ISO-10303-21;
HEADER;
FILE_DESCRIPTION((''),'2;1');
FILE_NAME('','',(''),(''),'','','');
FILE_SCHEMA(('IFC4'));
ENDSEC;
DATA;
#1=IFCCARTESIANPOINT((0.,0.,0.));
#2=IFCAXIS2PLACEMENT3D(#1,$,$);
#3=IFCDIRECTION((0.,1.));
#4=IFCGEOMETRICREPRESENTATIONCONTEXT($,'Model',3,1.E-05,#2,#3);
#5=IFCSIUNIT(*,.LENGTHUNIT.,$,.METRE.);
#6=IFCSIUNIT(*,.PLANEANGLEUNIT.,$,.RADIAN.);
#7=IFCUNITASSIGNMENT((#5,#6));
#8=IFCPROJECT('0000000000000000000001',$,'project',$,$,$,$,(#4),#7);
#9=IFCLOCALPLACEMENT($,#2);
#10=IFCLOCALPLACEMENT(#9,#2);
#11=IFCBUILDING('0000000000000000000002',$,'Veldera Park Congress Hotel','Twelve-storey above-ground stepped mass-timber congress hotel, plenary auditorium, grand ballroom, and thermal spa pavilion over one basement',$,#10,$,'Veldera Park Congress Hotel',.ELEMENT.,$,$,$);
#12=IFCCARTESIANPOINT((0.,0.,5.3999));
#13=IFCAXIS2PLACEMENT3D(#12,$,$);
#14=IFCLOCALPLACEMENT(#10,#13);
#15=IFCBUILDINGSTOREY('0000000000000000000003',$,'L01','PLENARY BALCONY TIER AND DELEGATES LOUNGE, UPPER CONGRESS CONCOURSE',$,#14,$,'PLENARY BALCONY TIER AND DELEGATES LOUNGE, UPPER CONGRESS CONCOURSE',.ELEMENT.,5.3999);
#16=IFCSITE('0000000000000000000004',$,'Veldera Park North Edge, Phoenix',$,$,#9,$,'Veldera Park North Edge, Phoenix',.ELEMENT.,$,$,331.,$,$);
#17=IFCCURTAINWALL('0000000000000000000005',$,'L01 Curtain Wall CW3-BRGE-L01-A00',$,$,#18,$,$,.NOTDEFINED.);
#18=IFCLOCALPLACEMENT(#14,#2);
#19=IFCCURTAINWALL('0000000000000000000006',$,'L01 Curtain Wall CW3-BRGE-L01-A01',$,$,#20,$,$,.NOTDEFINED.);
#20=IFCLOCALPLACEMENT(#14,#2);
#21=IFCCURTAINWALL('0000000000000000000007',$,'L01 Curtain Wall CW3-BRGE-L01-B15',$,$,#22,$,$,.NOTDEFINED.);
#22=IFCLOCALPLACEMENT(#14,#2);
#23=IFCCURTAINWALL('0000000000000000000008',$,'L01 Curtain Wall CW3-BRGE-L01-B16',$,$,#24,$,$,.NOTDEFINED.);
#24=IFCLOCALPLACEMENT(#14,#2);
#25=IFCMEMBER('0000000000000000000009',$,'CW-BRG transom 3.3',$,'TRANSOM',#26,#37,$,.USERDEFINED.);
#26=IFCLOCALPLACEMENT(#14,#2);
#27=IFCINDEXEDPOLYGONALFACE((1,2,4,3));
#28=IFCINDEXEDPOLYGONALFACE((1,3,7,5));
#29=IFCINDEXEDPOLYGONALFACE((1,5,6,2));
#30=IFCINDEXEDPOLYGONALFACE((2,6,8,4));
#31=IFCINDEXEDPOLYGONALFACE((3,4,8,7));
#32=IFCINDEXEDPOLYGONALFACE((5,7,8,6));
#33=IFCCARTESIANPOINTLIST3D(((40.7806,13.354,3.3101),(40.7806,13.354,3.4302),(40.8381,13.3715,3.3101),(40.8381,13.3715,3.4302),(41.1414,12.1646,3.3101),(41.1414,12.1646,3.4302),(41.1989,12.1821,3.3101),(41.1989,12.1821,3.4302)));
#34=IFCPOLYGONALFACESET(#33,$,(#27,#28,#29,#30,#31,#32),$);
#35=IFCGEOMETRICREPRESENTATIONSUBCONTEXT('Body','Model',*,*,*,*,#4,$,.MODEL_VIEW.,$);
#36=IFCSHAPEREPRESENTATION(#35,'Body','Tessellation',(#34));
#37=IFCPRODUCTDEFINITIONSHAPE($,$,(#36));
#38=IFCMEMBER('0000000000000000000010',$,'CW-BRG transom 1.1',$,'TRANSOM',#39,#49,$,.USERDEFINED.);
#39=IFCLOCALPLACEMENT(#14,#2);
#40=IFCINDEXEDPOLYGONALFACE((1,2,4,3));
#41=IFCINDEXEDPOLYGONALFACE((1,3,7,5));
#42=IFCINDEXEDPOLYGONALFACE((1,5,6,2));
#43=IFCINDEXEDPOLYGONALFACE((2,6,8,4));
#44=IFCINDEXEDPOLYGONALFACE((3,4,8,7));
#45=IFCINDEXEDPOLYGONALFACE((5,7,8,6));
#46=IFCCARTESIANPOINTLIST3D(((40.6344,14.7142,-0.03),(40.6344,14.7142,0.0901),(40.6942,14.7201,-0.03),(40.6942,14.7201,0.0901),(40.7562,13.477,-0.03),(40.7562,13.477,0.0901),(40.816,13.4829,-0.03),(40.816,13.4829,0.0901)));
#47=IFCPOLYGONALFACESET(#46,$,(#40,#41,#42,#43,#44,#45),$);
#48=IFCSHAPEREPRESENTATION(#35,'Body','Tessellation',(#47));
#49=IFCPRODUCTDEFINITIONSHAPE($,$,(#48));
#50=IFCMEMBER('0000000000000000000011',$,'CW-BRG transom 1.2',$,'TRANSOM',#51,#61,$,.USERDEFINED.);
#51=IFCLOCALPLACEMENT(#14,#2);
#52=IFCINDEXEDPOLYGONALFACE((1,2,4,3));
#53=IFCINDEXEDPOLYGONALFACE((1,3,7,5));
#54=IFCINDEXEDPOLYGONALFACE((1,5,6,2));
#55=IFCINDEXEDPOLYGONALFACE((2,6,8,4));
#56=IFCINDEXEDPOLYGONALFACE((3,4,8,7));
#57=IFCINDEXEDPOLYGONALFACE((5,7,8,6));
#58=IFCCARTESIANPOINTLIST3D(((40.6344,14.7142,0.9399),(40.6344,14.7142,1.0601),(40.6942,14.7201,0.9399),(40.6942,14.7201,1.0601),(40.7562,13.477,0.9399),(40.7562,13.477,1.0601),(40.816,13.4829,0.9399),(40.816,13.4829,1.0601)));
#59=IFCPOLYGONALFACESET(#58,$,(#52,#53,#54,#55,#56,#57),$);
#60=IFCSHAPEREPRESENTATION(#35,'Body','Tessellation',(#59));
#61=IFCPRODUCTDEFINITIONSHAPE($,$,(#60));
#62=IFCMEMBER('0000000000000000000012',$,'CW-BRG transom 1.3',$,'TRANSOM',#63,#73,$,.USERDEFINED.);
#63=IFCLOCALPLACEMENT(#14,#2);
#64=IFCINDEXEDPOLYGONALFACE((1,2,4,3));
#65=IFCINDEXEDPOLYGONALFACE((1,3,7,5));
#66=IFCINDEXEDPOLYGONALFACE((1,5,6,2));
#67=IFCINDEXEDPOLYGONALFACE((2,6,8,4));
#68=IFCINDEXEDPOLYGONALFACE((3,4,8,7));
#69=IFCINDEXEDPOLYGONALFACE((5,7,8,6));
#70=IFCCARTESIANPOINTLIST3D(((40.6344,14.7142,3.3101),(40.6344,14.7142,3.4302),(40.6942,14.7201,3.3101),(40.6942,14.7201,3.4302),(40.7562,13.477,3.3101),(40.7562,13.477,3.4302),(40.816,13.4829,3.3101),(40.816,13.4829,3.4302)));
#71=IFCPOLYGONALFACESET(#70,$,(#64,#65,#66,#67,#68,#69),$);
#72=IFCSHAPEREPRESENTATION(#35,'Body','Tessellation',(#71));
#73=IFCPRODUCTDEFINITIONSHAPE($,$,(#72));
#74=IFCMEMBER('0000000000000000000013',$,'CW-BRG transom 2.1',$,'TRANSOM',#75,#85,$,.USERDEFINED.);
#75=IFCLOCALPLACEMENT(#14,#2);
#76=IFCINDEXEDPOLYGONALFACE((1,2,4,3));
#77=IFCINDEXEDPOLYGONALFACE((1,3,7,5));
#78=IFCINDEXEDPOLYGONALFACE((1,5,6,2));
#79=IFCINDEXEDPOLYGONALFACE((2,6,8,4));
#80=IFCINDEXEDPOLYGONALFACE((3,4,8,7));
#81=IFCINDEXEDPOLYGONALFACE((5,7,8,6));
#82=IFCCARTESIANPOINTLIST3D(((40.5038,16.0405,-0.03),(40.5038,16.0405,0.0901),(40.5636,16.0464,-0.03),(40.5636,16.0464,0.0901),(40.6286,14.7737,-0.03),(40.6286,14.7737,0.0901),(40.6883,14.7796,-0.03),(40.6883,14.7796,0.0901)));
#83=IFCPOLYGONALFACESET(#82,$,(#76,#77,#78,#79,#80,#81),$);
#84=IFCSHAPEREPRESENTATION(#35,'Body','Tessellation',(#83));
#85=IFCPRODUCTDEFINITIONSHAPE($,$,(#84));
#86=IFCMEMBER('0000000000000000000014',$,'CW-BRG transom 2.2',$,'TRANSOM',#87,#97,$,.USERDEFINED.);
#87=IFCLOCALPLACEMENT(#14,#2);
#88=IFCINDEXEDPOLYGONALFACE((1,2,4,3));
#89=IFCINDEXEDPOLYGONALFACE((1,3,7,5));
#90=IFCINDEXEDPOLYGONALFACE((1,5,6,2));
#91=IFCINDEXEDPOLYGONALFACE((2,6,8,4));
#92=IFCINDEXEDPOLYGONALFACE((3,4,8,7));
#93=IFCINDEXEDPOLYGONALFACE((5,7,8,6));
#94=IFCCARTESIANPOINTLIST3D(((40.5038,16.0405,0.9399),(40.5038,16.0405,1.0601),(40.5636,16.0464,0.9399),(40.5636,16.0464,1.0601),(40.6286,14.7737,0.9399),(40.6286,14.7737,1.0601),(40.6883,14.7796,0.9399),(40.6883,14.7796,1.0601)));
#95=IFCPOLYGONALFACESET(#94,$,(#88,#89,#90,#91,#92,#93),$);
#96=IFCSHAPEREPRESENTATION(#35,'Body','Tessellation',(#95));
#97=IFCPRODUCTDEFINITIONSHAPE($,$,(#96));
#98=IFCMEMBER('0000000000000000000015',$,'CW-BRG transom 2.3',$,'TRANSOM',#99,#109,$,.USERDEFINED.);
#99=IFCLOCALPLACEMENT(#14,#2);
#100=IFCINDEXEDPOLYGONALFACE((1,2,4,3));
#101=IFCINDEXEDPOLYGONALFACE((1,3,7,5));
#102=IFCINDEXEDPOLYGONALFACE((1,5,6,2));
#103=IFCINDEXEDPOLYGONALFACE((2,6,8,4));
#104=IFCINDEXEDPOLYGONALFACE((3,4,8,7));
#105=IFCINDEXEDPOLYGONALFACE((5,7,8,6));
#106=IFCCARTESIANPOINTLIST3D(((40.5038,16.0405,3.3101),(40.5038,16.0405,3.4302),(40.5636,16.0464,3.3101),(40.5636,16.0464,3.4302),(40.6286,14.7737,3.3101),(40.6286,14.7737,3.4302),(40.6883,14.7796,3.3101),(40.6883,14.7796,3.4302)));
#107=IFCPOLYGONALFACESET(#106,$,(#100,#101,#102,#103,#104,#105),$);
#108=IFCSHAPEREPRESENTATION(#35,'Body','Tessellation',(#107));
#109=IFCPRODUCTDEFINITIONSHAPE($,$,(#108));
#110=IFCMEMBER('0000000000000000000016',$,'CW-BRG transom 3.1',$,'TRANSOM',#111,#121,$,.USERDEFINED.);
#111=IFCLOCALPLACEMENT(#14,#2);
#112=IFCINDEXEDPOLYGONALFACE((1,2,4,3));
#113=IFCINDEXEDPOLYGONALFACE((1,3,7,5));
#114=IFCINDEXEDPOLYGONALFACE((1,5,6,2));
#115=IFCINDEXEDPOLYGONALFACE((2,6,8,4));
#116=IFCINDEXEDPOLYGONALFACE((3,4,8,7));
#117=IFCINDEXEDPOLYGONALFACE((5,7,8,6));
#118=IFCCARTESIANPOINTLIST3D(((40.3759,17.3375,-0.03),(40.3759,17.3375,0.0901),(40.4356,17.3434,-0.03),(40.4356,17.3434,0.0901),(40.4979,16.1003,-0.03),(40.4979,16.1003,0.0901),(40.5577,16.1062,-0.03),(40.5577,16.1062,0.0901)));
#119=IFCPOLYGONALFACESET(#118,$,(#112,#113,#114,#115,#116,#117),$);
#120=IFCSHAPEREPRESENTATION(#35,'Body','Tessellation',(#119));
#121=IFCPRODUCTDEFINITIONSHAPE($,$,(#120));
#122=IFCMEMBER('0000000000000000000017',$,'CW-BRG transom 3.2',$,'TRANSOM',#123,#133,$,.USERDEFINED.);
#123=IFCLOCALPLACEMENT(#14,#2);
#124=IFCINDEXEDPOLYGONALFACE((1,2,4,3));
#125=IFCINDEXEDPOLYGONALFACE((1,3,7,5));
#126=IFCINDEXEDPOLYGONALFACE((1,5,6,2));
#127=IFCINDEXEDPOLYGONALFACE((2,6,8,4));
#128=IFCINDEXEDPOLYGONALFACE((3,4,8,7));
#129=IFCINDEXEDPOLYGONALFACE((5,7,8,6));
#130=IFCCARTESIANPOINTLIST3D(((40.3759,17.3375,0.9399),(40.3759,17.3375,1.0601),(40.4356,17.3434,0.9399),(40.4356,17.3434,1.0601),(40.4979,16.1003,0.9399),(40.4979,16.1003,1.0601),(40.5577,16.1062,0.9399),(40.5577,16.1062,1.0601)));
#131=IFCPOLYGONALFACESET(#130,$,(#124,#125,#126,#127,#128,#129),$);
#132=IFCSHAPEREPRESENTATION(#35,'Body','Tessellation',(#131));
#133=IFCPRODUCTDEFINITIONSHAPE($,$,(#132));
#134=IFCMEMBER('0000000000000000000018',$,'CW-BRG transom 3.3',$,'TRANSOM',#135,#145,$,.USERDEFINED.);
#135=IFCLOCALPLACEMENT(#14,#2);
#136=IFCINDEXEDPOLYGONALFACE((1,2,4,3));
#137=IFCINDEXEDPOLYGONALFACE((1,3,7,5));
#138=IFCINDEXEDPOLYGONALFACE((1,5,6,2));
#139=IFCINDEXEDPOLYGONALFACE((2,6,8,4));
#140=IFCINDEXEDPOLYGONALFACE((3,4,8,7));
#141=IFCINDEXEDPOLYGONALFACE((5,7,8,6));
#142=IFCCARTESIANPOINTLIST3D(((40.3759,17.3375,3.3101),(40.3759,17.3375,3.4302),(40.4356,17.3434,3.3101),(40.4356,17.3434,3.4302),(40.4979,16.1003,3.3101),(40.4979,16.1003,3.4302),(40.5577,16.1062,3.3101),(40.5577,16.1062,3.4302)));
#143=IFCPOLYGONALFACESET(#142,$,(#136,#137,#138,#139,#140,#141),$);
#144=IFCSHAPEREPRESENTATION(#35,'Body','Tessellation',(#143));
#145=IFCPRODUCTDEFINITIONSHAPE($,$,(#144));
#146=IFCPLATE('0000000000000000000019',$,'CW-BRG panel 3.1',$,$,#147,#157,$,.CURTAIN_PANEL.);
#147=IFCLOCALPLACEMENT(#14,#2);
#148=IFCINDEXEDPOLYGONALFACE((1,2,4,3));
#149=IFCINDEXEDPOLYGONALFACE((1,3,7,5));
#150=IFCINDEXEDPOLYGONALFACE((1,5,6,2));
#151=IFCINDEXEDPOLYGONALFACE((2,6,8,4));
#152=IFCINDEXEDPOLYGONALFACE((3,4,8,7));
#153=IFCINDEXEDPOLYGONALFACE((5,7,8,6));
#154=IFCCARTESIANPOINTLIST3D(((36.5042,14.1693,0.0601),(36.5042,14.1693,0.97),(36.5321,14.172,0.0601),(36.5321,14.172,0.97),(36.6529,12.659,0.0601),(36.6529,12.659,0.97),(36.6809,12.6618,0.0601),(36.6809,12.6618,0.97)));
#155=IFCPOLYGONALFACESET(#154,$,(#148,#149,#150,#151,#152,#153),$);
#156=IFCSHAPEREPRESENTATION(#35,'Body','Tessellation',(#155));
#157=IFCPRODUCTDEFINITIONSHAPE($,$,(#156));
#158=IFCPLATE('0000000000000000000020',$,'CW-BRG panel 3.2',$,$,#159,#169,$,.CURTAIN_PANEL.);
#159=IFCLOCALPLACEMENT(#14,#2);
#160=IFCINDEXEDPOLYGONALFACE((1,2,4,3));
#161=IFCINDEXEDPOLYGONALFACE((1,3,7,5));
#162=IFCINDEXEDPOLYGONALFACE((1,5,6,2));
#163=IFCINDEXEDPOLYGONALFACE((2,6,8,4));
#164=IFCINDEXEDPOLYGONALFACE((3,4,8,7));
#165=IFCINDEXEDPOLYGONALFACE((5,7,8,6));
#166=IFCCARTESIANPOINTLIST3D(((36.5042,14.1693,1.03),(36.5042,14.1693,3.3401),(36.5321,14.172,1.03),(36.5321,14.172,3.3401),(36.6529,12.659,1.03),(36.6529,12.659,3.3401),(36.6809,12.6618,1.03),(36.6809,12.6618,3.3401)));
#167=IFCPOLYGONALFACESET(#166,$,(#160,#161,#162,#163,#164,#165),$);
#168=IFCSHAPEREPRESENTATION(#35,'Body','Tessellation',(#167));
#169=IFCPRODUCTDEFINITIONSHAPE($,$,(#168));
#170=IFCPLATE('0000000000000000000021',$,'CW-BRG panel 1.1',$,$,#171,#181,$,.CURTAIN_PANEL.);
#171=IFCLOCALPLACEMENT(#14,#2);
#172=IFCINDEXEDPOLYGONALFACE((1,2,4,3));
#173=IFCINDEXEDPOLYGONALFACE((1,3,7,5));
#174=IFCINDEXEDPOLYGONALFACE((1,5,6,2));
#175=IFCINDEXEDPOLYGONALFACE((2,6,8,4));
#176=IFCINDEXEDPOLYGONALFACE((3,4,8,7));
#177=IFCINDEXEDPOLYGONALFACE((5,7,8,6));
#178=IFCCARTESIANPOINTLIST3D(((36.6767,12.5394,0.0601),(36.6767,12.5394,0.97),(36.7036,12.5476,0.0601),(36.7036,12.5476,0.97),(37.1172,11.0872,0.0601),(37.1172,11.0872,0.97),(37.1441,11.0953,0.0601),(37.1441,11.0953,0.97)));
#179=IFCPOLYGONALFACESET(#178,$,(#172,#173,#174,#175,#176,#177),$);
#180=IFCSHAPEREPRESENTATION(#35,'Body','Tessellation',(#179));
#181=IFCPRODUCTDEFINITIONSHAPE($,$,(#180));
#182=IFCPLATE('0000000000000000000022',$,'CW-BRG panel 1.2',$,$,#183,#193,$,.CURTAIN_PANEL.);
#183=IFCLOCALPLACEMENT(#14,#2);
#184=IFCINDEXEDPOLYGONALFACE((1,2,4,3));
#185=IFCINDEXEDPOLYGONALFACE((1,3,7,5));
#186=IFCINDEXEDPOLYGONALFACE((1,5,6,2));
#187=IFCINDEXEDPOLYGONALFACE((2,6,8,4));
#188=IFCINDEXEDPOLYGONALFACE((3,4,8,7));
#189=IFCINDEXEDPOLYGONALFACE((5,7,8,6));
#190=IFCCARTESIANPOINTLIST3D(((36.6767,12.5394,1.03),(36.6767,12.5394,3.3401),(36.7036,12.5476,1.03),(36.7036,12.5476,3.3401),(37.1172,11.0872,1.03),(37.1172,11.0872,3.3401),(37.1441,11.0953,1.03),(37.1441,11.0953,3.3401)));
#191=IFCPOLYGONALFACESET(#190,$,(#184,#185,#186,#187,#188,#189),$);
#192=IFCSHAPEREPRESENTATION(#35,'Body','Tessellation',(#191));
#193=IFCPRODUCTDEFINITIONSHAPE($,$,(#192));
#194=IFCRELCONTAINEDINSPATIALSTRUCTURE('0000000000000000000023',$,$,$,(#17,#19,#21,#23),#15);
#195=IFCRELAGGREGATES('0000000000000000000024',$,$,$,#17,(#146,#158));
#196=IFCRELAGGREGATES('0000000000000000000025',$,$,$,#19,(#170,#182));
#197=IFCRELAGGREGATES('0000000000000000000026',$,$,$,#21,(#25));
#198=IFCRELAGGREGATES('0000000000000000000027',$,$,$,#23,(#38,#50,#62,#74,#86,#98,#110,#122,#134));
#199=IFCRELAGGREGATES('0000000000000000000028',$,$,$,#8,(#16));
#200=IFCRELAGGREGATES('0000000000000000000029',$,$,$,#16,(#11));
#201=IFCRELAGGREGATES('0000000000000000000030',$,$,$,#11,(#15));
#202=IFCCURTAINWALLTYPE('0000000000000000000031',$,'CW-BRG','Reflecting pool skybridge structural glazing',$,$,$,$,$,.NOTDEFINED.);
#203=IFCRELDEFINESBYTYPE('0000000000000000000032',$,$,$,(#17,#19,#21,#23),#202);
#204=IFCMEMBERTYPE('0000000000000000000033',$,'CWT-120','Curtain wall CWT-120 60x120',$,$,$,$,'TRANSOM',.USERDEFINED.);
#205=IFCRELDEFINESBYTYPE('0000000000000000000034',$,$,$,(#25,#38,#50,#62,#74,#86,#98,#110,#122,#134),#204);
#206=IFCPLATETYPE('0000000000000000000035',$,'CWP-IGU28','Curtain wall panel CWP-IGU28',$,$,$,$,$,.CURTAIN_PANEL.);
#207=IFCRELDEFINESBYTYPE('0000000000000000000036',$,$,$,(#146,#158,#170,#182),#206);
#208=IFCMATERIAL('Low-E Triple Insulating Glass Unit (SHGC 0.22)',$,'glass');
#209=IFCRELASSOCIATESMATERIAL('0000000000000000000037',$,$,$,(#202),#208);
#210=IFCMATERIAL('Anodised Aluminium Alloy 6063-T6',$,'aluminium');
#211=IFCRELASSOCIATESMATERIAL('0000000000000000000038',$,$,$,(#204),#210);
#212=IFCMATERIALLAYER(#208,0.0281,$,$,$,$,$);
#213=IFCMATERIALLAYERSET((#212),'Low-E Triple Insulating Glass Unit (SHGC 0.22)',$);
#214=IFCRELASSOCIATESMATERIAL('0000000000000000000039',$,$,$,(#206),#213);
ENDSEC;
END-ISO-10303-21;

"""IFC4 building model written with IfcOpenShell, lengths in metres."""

from ifc_helpers import new_model, si_unit, direction, frame, origin, origin_2d, place, context, subcontext, project, spatial, rectangle, extrude, material, layer, layer_set, material_profile, profile_set, type_object, element, aggregate, save


model = new_model("IFC4")

# Units and contexts
model_context = context("Model", 3, precision=1e-05, world=origin(), true_north=direction((0.0, 1.0)))
body_context = subcontext(model_context, "Body", "Model", "MODEL_VIEW")
ifc_project = project(units=[si_unit("LENGTHUNIT", "METRE"), si_unit("PLANEANGLEUNIT", "RADIAN")], contexts=[model_context])

# Site, building, storey
site_placement = place(None, origin())
site = spatial("IfcSite", under=ifc_project, at=site_placement, Name="Veldera Park North Edge, Phoenix", LongName="Veldera Park North Edge, Phoenix", CompositionType="ELEMENT", RefElevation=331.0)
building_placement = place(site_placement, origin())
building = spatial("IfcBuilding", under=site, at=building_placement, Name="Veldera Park Congress Hotel", Description="Twelve-storey above-ground stepped mass-timber congress hotel, plenary auditorium, grand ballroom, and thermal spa pavilion over one basement", LongName="Veldera Park Congress Hotel", CompositionType="ELEMENT")
storey_placement = place(building_placement, frame((0.0, 0.0, 5.3999)))
storey = spatial("IfcBuildingStorey", under=building, at=storey_placement, Name="L01", Description="PLENARY BALCONY TIER AND DELEGATES LOUNGE, UPPER CONGRESS CONCOURSE", LongName="PLENARY BALCONY TIER AND DELEGATES LOUNGE, UPPER CONGRESS CONCOURSE", CompositionType="ELEMENT", Elevation=5.3999)

# Curtain walls
ifc_material_1 = material(Name="Low-E Triple Insulating Glass Unit (SHGC 0.22)", Category="glass")
curtain_wall_type = type_object("IfcCurtainWallType", Name="CW-BRG", Description="Reflecting pool skybridge structural glazing", PredefinedType="NOTDEFINED", material=ifc_material_1)
curtain_wall_1_placement = place(storey_placement, origin())
curtain_wall_1 = element("IfcCurtainWall", 1, at=curtain_wall_1_placement, inside=storey, type_object=curtain_wall_type, Name="L01 Curtain Wall CW3-BRGE-L01-A00", PredefinedType="NOTDEFINED")
ifc_material_2 = material(Name="Anodised Aluminium Alloy 6063-T6", Category="aluminium")
curtain_wall_2_placement = place(storey_placement, origin())
curtain_wall_2 = element("IfcCurtainWall", 2, at=curtain_wall_2_placement, inside=storey, type_object=curtain_wall_type, Name="L01 Curtain Wall CW3-BRGE-L01-A01", PredefinedType="NOTDEFINED")

# Curtain walls
curtain_wall_3_placement = place(storey_placement, origin())
curtain_wall_3 = element("IfcCurtainWall", 3, at=curtain_wall_3_placement, inside=storey, type_object=curtain_wall_type, Name="L01 Curtain Wall CW3-BRGE-L01-B15", PredefinedType="NOTDEFINED")
curtain_wall_4_placement = place(storey_placement, origin())
curtain_wall_4 = element("IfcCurtainWall", 4, at=curtain_wall_4_placement, inside=storey, type_object=curtain_wall_type, Name="L01 Curtain Wall CW3-BRGE-L01-B16", PredefinedType="NOTDEFINED")

# Members
ifc_material_profile_1 = material_profile(ifc_material_2, rectangle(XDim=0.0601, YDim=0.1201, at=origin_2d()), Name="ALU 60x120")
ifc_profile_set_1 = profile_set([ifc_material_profile_1], Name="Anodised Aluminium Alloy 6063-T6")
member_type_1 = type_object("IfcMemberType", Name="CWT-120", Description="Curtain wall CWT-120 60x120", ElementType="TRANSOM", PredefinedType="USERDEFINED", material=ifc_profile_set_1)
member_1_placement = place(storey_placement, frame((41.1702, 12.1733, 3.3701), z_axis=(-0.290302, 0.956935, 0.0), x_axis=(-0.956935, -0.290302, 0.0)))
member_1 = element("IfcMember", 5, at=member_1_placement, type_object=member_type_1, Name="CW-BRG transom 3.3", ObjectType="TRANSOM", PredefinedType="USERDEFINED", context=body_context, shape_type="SweptSolid", body=[
    extrude(rectangle(XDim=0.0601, YDim=0.1201, at=origin_2d()), origin(), (0.0, 0.0, 1.0), 1.2429),
])
member_2_placement = place(storey_placement, frame((40.7861, 13.48, 0.03), z_axis=(-0.098006, 0.995186, 0.0), x_axis=(-0.995186, -0.098006, 0.0)))
member_2 = element("IfcMember", 6, at=member_2_placement, type_object=member_type_1, Name="CW-BRG transom 1.1", ObjectType="TRANSOM", PredefinedType="USERDEFINED", context=body_context, shape_type="SweptSolid", body=[
    extrude(rectangle(XDim=0.0601, YDim=0.1201, at=origin_2d()), origin(), (0.0, 0.0, 1.0), 1.2432),
])
member_3_placement = place(storey_placement, frame((40.7861, 13.48, 1.0), z_axis=(-0.098006, 0.995186, 0.0), x_axis=(-0.995186, -0.098006, 0.0)))
member_3 = element("IfcMember", 7, at=member_3_placement, type_object=member_type_1, Name="CW-BRG transom 1.2", ObjectType="TRANSOM", PredefinedType="USERDEFINED", context=body_context, shape_type="SweptSolid", body=[
    extrude(rectangle(XDim=0.0601, YDim=0.1201, at=origin_2d()), origin(), (0.0, 0.0, 1.0), 1.2432),
])
member_4_placement = place(storey_placement, frame((40.7861, 13.48, 3.3701), z_axis=(-0.098006, 0.995186, 0.0), x_axis=(-0.995186, -0.098006, 0.0)))
member_4 = element("IfcMember", 8, at=member_4_placement, type_object=member_type_1, Name="CW-BRG transom 1.3", ObjectType="TRANSOM", PredefinedType="USERDEFINED", context=body_context, shape_type="SweptSolid", body=[
    extrude(rectangle(XDim=0.0601, YDim=0.1201, at=origin_2d()), origin(), (0.0, 0.0, 1.0), 1.2432),
])
member_5_placement = place(storey_placement, frame((40.6584, 14.7766, 0.03), z_axis=(-0.098003, 0.995186, 0.0), x_axis=(-0.995186, -0.098003, 0.0)))
member_5 = element("IfcMember", 9, at=member_5_placement, type_object=member_type_1, Name="CW-BRG transom 2.1", ObjectType="TRANSOM", PredefinedType="USERDEFINED", context=body_context, shape_type="SweptSolid", body=[
    extrude(rectangle(XDim=0.0601, YDim=0.1201, at=origin_2d()), origin(), (0.0, 0.0, 1.0), 1.2729),
])
member_6_placement = place(storey_placement, frame((40.6584, 14.7766, 1.0), z_axis=(-0.098003, 0.995186, 0.0), x_axis=(-0.995186, -0.098003, 0.0)))
member_6 = element("IfcMember", 10, at=member_6_placement, type_object=member_type_1, Name="CW-BRG transom 2.2", ObjectType="TRANSOM", PredefinedType="USERDEFINED", context=body_context, shape_type="SweptSolid", body=[
    extrude(rectangle(XDim=0.0601, YDim=0.1201, at=origin_2d()), origin(), (0.0, 0.0, 1.0), 1.2729),
])
member_7_placement = place(storey_placement, frame((40.6584, 14.7766, 3.3701), z_axis=(-0.098003, 0.995186, 0.0), x_axis=(-0.995186, -0.098003, 0.0)))
member_7 = element("IfcMember", 11, at=member_7_placement, type_object=member_type_1, Name="CW-BRG transom 2.3", ObjectType="TRANSOM", PredefinedType="USERDEFINED", context=body_context, shape_type="SweptSolid", body=[
    extrude(rectangle(XDim=0.0601, YDim=0.1201, at=origin_2d()), origin(), (0.0, 0.0, 1.0), 1.2729),
])
member_8_placement = place(storey_placement, frame((40.5278, 16.1033, 0.03), z_axis=(-0.098201, 0.995167, 0.0), x_axis=(-0.995167, -0.098201, 0.0)))
member_8 = element("IfcMember", 12, at=member_8_placement, type_object=member_type_1, Name="CW-BRG transom 3.1", ObjectType="TRANSOM", PredefinedType="USERDEFINED", context=body_context, shape_type="SweptSolid", body=[
    extrude(rectangle(XDim=0.0601, YDim=0.1201, at=origin_2d()), origin(), (0.0, 0.0, 1.0), 1.2432),
])
member_9_placement = place(storey_placement, frame((40.5278, 16.1033, 1.0), z_axis=(-0.098201, 0.995167, 0.0), x_axis=(-0.995167, -0.098201, 0.0)))
member_9 = element("IfcMember", 13, at=member_9_placement, type_object=member_type_1, Name="CW-BRG transom 3.2", ObjectType="TRANSOM", PredefinedType="USERDEFINED", context=body_context, shape_type="SweptSolid", body=[
    extrude(rectangle(XDim=0.0601, YDim=0.1201, at=origin_2d()), origin(), (0.0, 0.0, 1.0), 1.2432),
])
member_10_placement = place(storey_placement, frame((40.5278, 16.1033, 3.3701), z_axis=(-0.098201, 0.995167, 0.0), x_axis=(-0.995167, -0.098201, 0.0)))
member_10 = element("IfcMember", 14, at=member_10_placement, type_object=member_type_1, Name="CW-BRG transom 3.3", ObjectType="TRANSOM", PredefinedType="USERDEFINED", context=body_context, shape_type="SweptSolid", body=[
    extrude(rectangle(XDim=0.0601, YDim=0.1201, at=origin_2d()), origin(), (0.0, 0.0, 1.0), 1.2432),
])

# Plates
ifc_layer = layer(ifc_material_1, 0.0281)
ifc_layer_set = layer_set([ifc_layer], Name="Low-E Triple Insulating Glass Unit (SHGC 0.22)")
plate_type = type_object("IfcPlateType", Name="CWP-IGU28", Description="Curtain wall panel CWP-IGU28", PredefinedType="CURTAIN_PANEL", material=ifc_layer_set)
plate_1_placement = place(storey_placement, frame((36.5925, 13.4155, 0.0601), z_axis=(0.0, 0.0, 1.0), x_axis=(0.098021, -0.995184, 0.0)))
plate_1 = element("IfcPlate", 15, at=plate_1_placement, type_object=plate_type, Name="CW-BRG panel 3.1", PredefinedType="CURTAIN_PANEL", context=body_context, shape_type="SweptSolid", body=[
    extrude(rectangle(XDim=1.5176, YDim=0.0281, at=origin_2d()), origin(), (0.0, 0.0, 1.0), 0.9099),
])
plate_2_placement = place(storey_placement, frame((36.5925, 13.4155, 1.03), z_axis=(0.0, 0.0, 1.0), x_axis=(0.098021, -0.995184, 0.0)))
plate_2 = element("IfcPlate", 16, at=plate_2_placement, type_object=plate_type, Name="CW-BRG panel 3.2", PredefinedType="CURTAIN_PANEL", context=body_context, shape_type="SweptSolid", body=[
    extrude(rectangle(XDim=1.5176, YDim=0.0281, at=origin_2d()), origin(), (0.0, 0.0, 1.0), 2.3101),
])
aggregate(curtain_wall_1, [plate_1, plate_2])
plate_3_placement = place(storey_placement, frame((36.9104, 11.8174, 0.0601), z_axis=(0.0, 0.0, 1.0), x_axis=(0.290288, -0.956939, 0.0)))
plate_3 = element("IfcPlate", 17, at=plate_3_placement, type_object=plate_type, Name="CW-BRG panel 1.1", PredefinedType="CURTAIN_PANEL", context=body_context, shape_type="SweptSolid", body=[
    extrude(rectangle(XDim=1.5176, YDim=0.0281, at=origin_2d()), origin(), (0.0, 0.0, 1.0), 0.9099),
])
plate_4_placement = place(storey_placement, frame((36.9104, 11.8174, 1.03), z_axis=(0.0, 0.0, 1.0), x_axis=(0.290288, -0.956939, 0.0)))
plate_4 = element("IfcPlate", 18, at=plate_4_placement, type_object=plate_type, Name="CW-BRG panel 1.2", PredefinedType="CURTAIN_PANEL", context=body_context, shape_type="SweptSolid", body=[
    extrude(rectangle(XDim=1.5176, YDim=0.0281, at=origin_2d()), origin(), (0.0, 0.0, 1.0), 2.3101),
])
aggregate(curtain_wall_2, [plate_3, plate_4])
aggregate(curtain_wall_3, [member_1])
aggregate(curtain_wall_4, [member_2, member_3, member_4, member_5, member_6, member_7, member_8, member_9, member_10])

save(model, "model.ifc")
